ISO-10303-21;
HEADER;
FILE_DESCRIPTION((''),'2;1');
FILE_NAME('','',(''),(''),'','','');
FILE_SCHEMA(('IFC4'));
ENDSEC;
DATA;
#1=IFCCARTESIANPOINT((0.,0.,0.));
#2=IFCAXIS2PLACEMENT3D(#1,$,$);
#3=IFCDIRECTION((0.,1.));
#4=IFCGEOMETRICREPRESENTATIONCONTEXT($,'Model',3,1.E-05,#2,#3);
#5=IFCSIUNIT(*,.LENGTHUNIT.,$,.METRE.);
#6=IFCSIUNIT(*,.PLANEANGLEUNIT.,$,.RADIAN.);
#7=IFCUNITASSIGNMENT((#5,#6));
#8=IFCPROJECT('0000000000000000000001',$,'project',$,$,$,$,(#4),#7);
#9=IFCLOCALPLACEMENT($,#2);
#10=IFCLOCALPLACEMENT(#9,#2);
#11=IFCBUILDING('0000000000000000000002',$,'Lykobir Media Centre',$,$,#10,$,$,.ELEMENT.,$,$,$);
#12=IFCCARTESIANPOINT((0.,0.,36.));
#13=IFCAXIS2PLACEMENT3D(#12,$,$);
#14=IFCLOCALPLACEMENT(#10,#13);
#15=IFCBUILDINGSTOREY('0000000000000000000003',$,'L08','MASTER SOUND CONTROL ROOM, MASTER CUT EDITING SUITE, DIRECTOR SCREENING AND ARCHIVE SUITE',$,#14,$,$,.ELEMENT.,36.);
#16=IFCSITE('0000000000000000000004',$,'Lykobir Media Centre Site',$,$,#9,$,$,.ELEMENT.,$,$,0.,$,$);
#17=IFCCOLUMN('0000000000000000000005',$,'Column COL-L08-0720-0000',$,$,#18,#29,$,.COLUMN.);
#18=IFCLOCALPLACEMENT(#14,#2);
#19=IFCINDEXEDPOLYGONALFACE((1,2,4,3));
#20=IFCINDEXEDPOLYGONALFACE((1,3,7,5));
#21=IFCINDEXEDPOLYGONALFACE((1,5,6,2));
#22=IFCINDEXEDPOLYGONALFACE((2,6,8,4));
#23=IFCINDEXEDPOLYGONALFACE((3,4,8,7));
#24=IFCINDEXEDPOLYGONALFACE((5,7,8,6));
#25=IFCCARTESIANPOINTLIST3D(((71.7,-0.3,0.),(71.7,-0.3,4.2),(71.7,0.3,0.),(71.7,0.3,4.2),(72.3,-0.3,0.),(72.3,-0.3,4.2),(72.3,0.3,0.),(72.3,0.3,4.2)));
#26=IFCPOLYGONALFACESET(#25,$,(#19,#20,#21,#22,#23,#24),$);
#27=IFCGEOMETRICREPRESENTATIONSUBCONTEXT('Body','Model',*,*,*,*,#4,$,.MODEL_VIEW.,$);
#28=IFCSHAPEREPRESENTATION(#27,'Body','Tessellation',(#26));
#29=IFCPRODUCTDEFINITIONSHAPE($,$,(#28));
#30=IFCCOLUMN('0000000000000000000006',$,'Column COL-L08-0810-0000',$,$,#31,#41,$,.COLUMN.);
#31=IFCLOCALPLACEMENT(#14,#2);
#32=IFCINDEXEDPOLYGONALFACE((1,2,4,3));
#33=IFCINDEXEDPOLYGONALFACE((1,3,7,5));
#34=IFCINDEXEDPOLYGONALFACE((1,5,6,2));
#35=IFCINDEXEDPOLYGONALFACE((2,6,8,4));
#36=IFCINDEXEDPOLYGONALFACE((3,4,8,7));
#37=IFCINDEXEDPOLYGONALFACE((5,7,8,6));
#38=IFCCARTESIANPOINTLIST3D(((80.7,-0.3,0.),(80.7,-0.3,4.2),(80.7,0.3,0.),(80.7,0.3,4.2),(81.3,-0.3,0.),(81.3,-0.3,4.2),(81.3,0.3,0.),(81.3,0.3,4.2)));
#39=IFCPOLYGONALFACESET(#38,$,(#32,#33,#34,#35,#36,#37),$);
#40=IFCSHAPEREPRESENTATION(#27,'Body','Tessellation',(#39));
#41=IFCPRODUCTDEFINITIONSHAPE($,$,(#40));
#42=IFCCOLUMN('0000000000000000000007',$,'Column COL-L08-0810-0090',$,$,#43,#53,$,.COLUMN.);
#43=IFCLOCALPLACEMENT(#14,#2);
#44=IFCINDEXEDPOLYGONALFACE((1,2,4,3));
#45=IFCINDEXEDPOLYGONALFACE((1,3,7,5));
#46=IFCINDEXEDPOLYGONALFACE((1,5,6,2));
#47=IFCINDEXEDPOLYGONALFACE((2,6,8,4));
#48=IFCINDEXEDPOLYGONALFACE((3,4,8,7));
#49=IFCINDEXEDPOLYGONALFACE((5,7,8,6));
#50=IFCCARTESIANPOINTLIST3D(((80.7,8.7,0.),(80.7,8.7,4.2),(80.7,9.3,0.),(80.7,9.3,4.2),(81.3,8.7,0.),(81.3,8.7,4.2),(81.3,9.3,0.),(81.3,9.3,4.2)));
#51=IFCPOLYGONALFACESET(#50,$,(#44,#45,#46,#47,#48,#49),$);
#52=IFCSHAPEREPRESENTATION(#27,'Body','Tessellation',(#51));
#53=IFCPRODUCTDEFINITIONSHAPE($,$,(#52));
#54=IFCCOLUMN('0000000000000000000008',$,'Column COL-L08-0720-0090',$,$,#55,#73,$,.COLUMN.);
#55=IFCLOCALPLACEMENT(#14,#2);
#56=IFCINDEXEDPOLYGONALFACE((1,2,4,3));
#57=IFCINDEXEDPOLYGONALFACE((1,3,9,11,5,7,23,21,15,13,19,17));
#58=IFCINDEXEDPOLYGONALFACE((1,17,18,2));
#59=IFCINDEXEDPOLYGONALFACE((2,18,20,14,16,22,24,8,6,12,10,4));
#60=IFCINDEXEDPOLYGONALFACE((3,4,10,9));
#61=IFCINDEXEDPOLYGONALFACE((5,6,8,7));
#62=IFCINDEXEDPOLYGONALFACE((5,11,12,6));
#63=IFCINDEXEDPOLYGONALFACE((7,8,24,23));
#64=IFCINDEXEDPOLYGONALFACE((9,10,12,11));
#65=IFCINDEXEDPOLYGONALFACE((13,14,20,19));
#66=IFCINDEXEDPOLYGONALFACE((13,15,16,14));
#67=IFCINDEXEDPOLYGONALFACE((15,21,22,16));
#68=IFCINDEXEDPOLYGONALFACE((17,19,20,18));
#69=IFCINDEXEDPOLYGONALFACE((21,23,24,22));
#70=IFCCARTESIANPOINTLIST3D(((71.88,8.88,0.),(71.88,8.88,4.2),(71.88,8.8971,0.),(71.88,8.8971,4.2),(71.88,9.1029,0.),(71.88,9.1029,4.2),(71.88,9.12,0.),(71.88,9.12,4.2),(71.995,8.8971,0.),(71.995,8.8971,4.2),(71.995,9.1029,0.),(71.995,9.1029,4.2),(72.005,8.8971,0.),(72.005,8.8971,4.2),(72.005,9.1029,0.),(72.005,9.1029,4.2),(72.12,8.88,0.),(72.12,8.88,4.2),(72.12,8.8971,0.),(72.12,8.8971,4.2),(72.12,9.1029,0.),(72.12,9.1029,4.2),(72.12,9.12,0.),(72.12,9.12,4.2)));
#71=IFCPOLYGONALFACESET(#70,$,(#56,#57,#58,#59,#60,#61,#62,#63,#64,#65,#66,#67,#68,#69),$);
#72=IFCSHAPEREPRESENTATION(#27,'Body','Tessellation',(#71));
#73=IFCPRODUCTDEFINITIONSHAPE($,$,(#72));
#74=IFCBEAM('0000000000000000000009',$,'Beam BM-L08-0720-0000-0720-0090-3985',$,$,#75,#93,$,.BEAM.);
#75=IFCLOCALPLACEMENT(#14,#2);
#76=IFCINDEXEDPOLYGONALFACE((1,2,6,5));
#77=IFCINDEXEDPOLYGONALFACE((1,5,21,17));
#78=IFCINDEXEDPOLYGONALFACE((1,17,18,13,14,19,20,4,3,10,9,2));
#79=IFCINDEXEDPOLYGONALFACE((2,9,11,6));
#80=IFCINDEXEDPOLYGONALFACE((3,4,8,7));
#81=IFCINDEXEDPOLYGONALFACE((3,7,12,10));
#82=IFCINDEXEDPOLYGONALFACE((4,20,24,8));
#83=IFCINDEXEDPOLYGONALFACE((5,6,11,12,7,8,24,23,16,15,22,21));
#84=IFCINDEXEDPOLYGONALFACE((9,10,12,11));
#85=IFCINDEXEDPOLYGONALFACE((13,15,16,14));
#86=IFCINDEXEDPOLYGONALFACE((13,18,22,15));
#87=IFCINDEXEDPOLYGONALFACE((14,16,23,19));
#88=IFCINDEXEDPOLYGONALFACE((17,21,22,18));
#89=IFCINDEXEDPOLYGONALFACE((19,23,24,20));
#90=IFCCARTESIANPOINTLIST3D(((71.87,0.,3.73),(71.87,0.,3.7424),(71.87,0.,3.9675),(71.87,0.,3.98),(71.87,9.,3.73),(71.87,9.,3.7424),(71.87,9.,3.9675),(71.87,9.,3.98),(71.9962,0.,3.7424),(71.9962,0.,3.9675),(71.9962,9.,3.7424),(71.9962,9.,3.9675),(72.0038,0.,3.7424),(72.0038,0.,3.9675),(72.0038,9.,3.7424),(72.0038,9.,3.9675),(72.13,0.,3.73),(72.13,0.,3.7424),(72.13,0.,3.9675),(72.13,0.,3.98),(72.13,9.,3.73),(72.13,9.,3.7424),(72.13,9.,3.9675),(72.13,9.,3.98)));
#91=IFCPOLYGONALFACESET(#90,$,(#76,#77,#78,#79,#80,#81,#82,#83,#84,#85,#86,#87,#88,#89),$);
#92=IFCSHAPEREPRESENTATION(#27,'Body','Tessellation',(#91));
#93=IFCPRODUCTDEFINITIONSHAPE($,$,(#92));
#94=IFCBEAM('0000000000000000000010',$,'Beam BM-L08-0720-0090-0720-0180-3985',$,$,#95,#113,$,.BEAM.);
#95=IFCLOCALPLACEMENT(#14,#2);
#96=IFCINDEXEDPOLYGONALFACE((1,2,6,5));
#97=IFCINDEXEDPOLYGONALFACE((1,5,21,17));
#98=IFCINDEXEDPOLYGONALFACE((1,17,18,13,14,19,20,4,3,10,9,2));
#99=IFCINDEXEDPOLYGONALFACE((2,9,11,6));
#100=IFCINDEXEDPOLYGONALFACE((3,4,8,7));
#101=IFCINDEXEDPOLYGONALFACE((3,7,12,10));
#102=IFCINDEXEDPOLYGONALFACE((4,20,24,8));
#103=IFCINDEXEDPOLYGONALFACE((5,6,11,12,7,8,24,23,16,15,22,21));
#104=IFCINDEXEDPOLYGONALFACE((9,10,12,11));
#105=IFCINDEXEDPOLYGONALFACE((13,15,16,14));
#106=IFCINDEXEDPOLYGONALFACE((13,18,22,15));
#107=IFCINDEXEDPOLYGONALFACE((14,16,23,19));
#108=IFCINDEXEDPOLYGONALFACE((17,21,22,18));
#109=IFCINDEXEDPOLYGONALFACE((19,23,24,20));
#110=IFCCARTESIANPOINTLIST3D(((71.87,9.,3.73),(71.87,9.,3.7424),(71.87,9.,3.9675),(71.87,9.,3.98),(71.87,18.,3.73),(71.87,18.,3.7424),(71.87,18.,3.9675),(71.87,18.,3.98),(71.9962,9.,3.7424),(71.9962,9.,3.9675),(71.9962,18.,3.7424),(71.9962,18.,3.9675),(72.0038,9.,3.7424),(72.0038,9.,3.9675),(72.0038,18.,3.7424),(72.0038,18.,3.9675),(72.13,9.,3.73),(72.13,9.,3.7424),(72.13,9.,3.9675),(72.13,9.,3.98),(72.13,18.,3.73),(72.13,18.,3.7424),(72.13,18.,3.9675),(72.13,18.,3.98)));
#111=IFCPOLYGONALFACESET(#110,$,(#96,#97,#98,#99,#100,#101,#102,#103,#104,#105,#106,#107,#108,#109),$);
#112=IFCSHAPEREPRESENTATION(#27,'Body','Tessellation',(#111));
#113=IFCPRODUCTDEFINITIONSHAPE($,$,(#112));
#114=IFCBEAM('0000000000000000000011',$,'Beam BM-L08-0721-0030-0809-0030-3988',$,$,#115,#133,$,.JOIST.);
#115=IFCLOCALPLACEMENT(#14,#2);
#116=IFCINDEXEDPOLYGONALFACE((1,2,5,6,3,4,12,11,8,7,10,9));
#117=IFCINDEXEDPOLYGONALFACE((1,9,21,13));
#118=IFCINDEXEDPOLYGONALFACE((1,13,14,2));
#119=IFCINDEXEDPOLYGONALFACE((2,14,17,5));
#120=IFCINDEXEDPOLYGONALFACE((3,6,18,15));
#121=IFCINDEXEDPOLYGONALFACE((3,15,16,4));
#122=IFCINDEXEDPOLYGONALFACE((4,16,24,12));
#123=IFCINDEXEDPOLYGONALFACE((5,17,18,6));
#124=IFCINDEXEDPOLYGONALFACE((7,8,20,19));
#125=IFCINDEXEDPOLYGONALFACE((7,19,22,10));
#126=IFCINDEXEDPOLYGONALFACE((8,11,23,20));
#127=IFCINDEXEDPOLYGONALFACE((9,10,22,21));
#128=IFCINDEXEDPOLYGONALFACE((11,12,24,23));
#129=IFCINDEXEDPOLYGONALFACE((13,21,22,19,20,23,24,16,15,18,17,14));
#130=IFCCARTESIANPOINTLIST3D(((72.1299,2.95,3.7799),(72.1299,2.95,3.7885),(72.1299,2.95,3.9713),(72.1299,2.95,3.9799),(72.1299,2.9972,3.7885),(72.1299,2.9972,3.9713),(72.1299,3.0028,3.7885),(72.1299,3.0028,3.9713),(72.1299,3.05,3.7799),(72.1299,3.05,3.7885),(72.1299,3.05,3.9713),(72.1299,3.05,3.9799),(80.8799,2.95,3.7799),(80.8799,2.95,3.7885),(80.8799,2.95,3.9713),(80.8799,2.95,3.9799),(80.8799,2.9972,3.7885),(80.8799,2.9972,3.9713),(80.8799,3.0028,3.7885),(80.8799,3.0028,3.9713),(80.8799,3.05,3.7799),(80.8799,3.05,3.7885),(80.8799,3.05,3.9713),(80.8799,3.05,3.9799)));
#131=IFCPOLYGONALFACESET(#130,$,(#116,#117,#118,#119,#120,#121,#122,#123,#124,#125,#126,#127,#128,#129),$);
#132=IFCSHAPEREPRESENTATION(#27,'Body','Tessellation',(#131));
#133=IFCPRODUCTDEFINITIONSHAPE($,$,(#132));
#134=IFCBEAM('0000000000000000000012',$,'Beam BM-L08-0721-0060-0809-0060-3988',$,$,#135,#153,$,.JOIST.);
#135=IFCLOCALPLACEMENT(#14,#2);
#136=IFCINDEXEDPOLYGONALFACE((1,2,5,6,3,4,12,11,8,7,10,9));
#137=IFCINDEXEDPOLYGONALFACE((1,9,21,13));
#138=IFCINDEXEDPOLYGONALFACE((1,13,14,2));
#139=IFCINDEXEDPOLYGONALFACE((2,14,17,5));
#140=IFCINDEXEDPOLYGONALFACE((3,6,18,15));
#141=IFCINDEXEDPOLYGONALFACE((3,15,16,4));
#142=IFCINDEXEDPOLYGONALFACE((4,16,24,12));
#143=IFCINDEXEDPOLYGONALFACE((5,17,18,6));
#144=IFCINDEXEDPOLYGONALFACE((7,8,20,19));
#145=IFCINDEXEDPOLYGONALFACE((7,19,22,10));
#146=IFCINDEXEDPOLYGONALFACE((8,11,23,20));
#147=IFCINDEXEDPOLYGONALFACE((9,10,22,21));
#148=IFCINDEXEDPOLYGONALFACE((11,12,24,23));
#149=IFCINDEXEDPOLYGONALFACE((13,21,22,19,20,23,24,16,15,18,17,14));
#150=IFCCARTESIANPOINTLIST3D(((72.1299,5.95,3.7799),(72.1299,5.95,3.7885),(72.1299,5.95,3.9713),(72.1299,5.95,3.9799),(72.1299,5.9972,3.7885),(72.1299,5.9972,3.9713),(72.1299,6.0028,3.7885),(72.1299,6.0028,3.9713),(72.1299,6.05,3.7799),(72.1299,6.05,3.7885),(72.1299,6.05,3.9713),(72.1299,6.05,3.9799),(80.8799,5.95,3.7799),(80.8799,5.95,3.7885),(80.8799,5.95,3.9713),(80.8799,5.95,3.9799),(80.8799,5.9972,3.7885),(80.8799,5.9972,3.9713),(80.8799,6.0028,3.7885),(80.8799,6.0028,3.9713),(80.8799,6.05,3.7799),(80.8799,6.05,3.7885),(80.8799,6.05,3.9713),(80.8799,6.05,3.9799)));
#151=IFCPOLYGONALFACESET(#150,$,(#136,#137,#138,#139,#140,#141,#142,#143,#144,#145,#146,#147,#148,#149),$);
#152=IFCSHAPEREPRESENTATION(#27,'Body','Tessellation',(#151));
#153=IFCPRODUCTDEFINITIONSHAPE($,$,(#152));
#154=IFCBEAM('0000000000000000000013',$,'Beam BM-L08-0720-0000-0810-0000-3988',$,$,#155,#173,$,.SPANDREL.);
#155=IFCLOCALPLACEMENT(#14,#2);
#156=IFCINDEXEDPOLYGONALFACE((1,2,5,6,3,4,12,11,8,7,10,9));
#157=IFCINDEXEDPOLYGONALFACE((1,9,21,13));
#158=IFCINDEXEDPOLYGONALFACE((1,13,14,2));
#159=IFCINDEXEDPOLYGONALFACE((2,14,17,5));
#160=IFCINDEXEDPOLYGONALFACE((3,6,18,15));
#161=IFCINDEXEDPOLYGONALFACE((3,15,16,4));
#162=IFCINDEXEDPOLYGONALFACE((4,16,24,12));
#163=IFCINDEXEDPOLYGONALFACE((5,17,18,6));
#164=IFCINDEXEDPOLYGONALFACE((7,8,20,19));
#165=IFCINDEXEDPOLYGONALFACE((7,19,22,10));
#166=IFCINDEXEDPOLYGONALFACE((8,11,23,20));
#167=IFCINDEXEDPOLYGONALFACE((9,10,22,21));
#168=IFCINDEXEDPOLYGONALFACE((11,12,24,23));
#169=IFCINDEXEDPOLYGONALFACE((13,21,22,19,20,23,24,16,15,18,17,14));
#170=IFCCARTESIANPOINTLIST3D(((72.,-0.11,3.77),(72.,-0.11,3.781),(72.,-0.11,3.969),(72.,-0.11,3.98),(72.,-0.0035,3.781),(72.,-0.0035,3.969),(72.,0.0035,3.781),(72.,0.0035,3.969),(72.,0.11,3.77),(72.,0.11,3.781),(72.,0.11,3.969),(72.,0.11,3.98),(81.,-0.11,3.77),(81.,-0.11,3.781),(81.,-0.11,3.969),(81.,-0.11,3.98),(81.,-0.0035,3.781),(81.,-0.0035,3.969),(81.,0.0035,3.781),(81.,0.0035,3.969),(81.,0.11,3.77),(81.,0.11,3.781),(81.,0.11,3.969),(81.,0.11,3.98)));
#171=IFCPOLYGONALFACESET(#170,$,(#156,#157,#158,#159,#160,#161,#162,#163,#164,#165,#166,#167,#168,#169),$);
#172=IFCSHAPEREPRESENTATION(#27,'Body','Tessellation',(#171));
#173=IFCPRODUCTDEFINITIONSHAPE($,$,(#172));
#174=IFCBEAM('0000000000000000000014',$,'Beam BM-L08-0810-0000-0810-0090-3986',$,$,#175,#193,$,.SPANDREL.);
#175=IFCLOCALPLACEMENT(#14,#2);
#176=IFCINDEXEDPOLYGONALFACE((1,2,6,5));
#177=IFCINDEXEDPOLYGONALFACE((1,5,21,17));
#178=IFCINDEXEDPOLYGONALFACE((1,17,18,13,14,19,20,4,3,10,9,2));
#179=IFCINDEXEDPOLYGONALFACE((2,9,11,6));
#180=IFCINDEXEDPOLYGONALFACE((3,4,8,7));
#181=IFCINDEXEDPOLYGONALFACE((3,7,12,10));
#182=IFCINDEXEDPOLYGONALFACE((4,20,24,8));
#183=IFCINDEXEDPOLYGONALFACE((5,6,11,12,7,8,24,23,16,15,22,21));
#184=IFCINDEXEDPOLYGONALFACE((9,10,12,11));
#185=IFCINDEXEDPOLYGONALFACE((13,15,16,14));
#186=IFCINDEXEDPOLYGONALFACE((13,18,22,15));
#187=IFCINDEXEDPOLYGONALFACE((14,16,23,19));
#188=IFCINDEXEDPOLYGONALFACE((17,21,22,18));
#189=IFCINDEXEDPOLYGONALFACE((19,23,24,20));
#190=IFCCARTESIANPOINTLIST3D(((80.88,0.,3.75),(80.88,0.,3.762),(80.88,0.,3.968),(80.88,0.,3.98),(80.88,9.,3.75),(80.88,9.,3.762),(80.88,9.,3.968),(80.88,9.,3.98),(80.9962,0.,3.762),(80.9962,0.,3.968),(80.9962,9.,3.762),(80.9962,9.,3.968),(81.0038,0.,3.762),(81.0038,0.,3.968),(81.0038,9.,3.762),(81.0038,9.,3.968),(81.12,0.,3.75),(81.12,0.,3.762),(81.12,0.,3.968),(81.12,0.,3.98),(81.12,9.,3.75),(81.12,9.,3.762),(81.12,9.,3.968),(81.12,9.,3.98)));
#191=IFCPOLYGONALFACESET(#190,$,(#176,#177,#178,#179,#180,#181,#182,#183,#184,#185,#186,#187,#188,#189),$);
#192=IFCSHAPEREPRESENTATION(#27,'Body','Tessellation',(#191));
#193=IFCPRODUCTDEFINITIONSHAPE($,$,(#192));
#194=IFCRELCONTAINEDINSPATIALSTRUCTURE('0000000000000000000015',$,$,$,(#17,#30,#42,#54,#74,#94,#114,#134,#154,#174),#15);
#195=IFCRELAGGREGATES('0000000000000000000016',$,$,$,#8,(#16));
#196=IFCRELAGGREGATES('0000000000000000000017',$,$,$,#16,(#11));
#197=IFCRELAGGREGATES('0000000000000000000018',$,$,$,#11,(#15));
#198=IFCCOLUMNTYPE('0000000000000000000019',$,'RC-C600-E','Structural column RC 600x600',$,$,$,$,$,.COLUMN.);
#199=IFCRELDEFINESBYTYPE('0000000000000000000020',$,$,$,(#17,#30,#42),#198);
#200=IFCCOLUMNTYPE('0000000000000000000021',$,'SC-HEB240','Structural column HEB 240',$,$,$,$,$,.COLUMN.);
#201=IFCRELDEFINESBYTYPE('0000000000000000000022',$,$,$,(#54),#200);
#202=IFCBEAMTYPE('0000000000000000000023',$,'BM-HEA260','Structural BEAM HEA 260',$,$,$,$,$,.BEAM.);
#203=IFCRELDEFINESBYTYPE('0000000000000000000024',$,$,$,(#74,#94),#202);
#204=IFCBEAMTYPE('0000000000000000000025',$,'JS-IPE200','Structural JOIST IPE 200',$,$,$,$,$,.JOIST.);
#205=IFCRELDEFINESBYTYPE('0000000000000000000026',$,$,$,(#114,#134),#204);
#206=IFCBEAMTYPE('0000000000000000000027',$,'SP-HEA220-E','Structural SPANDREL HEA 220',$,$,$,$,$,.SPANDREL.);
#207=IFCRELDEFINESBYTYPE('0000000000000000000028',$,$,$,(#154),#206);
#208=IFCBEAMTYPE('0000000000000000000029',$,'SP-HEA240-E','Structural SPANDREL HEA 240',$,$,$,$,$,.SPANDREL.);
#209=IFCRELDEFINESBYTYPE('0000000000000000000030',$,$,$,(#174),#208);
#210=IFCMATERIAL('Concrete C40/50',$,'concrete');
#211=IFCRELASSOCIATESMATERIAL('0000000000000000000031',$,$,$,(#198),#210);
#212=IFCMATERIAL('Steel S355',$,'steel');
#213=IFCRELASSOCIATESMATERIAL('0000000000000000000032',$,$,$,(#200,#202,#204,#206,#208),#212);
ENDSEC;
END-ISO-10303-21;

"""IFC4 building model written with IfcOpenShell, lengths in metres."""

from ifc_helpers import new_model, si_unit, direction, frame, origin, origin_2d, place, context, subcontext, project, spatial, rectangle, i_section, extrude, material, material_profile, profile_set, type_object, element, save


model = new_model("IFC4")

# Units and contexts
model_context = context("Model", 3, precision=1e-05, world=origin(), true_north=direction((0.0, 1.0)))
body_context = subcontext(model_context, "Body", "Model", "MODEL_VIEW")
ifc_project = project(units=[si_unit("LENGTHUNIT", "METRE"), si_unit("PLANEANGLEUNIT", "RADIAN")], contexts=[model_context])

# Site, building, storey
site_placement = place(None, origin())
site = spatial("IfcSite", under=ifc_project, at=site_placement, Name="Lykobir Media Centre Site", CompositionType="ELEMENT", RefElevation=0.0)
building_placement = place(site_placement, origin())
building = spatial("IfcBuilding", under=site, at=building_placement, Name="Lykobir Media Centre", CompositionType="ELEMENT")
storey_placement = place(building_placement, frame((0.0, 0.0, 36.0)))
storey = spatial("IfcBuildingStorey", under=building, at=storey_placement, Name="L08", Description="MASTER SOUND CONTROL ROOM, MASTER CUT EDITING SUITE, DIRECTOR SCREENING AND ARCHIVE SUITE", CompositionType="ELEMENT", Elevation=36.0)

# Columns
ifc_material_1 = material(Name="Concrete C40/50", Category="concrete")
ifc_material_profile_1 = material_profile(ifc_material_1, rectangle(XDim=0.6001, YDim=0.6001, at=origin_2d()), Name="RC 600x600")
ifc_profile_set_1 = profile_set([ifc_material_profile_1], Name="Concrete C40/50")
column_type_1 = type_object("IfcColumnType", Name="RC-C600-E", Description="Structural column RC 600x600", PredefinedType="COLUMN", material=ifc_profile_set_1)
for number, where, z_axis, x_axis, name in (
    (1, (72.0, 0.0, 0.0), (0.0, 0.0, 1.0), (1.0, 0.0, 0.0), "Column COL-L08-0720-0000"),
    (2, (81.0, 0.0, 0.0), (0.0, 0.0, 1.0), (1.0, 0.0, 0.0), "Column COL-L08-0810-0000"),
    (3, (81.0, 9.0, 0.0), (0.0, 0.0, 1.0), (1.0, 0.0, 0.0), "Column COL-L08-0810-0090"),
):
    element("IfcColumn", number, at=place(storey_placement, frame(where, z_axis=z_axis, x_axis=x_axis)), inside=storey, type_object=column_type_1, Name=name, PredefinedType="COLUMN", context=body_context, shape_type="SweptSolid", body=[
        extrude(rectangle(XDim=0.6001, YDim=0.6001, at=origin_2d()), origin(), (0.0, 0.0, 1.0), 4.2),
    ])
ifc_material_2 = material(Name="Steel S355", Category="steel")
ifc_material_profile_2 = material_profile(ifc_material_2, i_section(OverallWidth=0.24, OverallDepth=0.24, WebThickness=0.01, FlangeThickness=0.0171, at=origin_2d()), Name="HEB 240")
ifc_profile_set_2 = profile_set([ifc_material_profile_2], Name="Steel S355")
column_type_2 = type_object("IfcColumnType", Name="SC-HEB240", Description="Structural column HEB 240", PredefinedType="COLUMN", material=ifc_profile_set_2)
column_placement = place(storey_placement, frame((72.0, 9.0, 0.0), z_axis=(0.0, 0.0, 1.0), x_axis=(1.0, 0.0, 0.0)))
element("IfcColumn", 4, at=column_placement, inside=storey, type_object=column_type_2, Name="Column COL-L08-0720-0090", PredefinedType="COLUMN", context=body_context, shape_type="SweptSolid", body=[
    extrude(i_section(OverallWidth=0.24, OverallDepth=0.24, WebThickness=0.01, FlangeThickness=0.0171, at=origin_2d()), origin(), (0.0, 0.0, 1.0), 4.2),
])

# Beams
ifc_material_profile_3 = material_profile(ifc_material_2, i_section(OverallWidth=0.26, OverallDepth=0.25, WebThickness=0.0076, FlangeThickness=0.0125, at=origin_2d()), Name="HEA 260")
ifc_profile_set_3 = profile_set([ifc_material_profile_3], Name="Steel S355")
beam_type_1 = type_object("IfcBeamType", Name="BM-HEA260", Description="Structural BEAM HEA 260", PredefinedType="BEAM", material=ifc_profile_set_3)
for number, where, z_axis, x_axis, name in (
    (5, (72.0, 0.0, 3.855), (0.0, 1.0, 0.0), (-1.0, 0.0, 0.0), "Beam BM-L08-0720-0000-0720-0090-3985"),
    (6, (72.0, 9.0, 3.855), (0.0, 1.0, 0.0), (-1.0, 0.0, 0.0), "Beam BM-L08-0720-0090-0720-0180-3985"),
):
    element("IfcBeam", number, at=place(storey_placement, frame(where, z_axis=z_axis, x_axis=x_axis)), inside=storey, type_object=beam_type_1, Name=name, PredefinedType="BEAM", context=body_context, shape_type="SweptSolid", body=[
        extrude(i_section(OverallWidth=0.26, OverallDepth=0.25, WebThickness=0.0076, FlangeThickness=0.0125, at=origin_2d()), origin(), (0.0, 0.0, 1.0), 9.0),
    ])
ifc_material_profile_4 = material_profile(ifc_material_2, i_section(OverallWidth=0.1001, OverallDepth=0.2, WebThickness=0.0056, FlangeThickness=0.0085, at=origin_2d()), Name="IPE 200")
ifc_profile_set_4 = profile_set([ifc_material_profile_4], Name="Steel S355")
beam_type_2 = type_object("IfcBeamType", Name="JS-IPE200", Description="Structural JOIST IPE 200", PredefinedType="JOIST", material=ifc_profile_set_4)
for number, where, z_axis, x_axis, name in (
    (7, (72.1299, 3.0, 3.8799), (1.0, 0.0, 0.0), (0.0, 1.0, 0.0), "Beam BM-L08-0721-0030-0809-0030-3988"),
    (8, (72.1299, 6.0, 3.8799), (1.0, 0.0, 0.0), (0.0, 1.0, 0.0), "Beam BM-L08-0721-0060-0809-0060-3988"),
):
    element("IfcBeam", number, at=place(storey_placement, frame(where, z_axis=z_axis, x_axis=x_axis)), inside=storey, type_object=beam_type_2, Name=name, PredefinedType="JOIST", context=body_context, shape_type="SweptSolid", body=[
        extrude(i_section(OverallWidth=0.1001, OverallDepth=0.2, WebThickness=0.0056, FlangeThickness=0.0085, at=origin_2d()), origin(), (0.0, 0.0, 1.0), 8.75),
    ])
ifc_material_profile_5 = material_profile(ifc_material_2, i_section(OverallWidth=0.22, OverallDepth=0.21, WebThickness=0.0071, FlangeThickness=0.011, at=origin_2d()), Name="HEA 220")
ifc_profile_set_5 = profile_set([ifc_material_profile_5], Name="Steel S355")
beam_type_3 = type_object("IfcBeamType", Name="SP-HEA220-E", Description="Structural SPANDREL HEA 220", PredefinedType="SPANDREL", material=ifc_profile_set_5)
beam_placement = place(storey_placement, frame((72.0, 0.0, 3.875), z_axis=(1.0, 0.0, 0.0), x_axis=(0.0, 1.0, 0.0)))
element("IfcBeam", 9, at=beam_placement, inside=storey, type_object=beam_type_3, Name="Beam BM-L08-0720-0000-0810-0000-3988", PredefinedType="SPANDREL", context=body_context, shape_type="SweptSolid", body=[
    extrude(i_section(OverallWidth=0.22, OverallDepth=0.21, WebThickness=0.0071, FlangeThickness=0.011, at=origin_2d()), origin(), (0.0, 0.0, 1.0), 9.0),
])
ifc_material_profile_6 = material_profile(ifc_material_2, i_section(OverallWidth=0.24, OverallDepth=0.23, WebThickness=0.0076, FlangeThickness=0.012, at=origin_2d()), Name="HEA 240")
ifc_profile_set_6 = profile_set([ifc_material_profile_6], Name="Steel S355")
beam_type_4 = type_object("IfcBeamType", Name="SP-HEA240-E", Description="Structural SPANDREL HEA 240", PredefinedType="SPANDREL", material=ifc_profile_set_6)
for number, where, z_axis, x_axis, name in (
    (10, (81.0, 0.0, 3.865), (0.0, 1.0, 0.0), (-1.0, 0.0, 0.0), "Beam BM-L08-0810-0000-0810-0090-3986"),
):
    element("IfcBeam", number, at=place(storey_placement, frame(where, z_axis=z_axis, x_axis=x_axis)), inside=storey, type_object=beam_type_4, Name=name, PredefinedType="SPANDREL", context=body_context, shape_type="SweptSolid", body=[
        extrude(i_section(OverallWidth=0.24, OverallDepth=0.23, WebThickness=0.0076, FlangeThickness=0.012, at=origin_2d()), origin(), (0.0, 0.0, 1.0), 9.0),
    ])

save(model, "model.ifc")
